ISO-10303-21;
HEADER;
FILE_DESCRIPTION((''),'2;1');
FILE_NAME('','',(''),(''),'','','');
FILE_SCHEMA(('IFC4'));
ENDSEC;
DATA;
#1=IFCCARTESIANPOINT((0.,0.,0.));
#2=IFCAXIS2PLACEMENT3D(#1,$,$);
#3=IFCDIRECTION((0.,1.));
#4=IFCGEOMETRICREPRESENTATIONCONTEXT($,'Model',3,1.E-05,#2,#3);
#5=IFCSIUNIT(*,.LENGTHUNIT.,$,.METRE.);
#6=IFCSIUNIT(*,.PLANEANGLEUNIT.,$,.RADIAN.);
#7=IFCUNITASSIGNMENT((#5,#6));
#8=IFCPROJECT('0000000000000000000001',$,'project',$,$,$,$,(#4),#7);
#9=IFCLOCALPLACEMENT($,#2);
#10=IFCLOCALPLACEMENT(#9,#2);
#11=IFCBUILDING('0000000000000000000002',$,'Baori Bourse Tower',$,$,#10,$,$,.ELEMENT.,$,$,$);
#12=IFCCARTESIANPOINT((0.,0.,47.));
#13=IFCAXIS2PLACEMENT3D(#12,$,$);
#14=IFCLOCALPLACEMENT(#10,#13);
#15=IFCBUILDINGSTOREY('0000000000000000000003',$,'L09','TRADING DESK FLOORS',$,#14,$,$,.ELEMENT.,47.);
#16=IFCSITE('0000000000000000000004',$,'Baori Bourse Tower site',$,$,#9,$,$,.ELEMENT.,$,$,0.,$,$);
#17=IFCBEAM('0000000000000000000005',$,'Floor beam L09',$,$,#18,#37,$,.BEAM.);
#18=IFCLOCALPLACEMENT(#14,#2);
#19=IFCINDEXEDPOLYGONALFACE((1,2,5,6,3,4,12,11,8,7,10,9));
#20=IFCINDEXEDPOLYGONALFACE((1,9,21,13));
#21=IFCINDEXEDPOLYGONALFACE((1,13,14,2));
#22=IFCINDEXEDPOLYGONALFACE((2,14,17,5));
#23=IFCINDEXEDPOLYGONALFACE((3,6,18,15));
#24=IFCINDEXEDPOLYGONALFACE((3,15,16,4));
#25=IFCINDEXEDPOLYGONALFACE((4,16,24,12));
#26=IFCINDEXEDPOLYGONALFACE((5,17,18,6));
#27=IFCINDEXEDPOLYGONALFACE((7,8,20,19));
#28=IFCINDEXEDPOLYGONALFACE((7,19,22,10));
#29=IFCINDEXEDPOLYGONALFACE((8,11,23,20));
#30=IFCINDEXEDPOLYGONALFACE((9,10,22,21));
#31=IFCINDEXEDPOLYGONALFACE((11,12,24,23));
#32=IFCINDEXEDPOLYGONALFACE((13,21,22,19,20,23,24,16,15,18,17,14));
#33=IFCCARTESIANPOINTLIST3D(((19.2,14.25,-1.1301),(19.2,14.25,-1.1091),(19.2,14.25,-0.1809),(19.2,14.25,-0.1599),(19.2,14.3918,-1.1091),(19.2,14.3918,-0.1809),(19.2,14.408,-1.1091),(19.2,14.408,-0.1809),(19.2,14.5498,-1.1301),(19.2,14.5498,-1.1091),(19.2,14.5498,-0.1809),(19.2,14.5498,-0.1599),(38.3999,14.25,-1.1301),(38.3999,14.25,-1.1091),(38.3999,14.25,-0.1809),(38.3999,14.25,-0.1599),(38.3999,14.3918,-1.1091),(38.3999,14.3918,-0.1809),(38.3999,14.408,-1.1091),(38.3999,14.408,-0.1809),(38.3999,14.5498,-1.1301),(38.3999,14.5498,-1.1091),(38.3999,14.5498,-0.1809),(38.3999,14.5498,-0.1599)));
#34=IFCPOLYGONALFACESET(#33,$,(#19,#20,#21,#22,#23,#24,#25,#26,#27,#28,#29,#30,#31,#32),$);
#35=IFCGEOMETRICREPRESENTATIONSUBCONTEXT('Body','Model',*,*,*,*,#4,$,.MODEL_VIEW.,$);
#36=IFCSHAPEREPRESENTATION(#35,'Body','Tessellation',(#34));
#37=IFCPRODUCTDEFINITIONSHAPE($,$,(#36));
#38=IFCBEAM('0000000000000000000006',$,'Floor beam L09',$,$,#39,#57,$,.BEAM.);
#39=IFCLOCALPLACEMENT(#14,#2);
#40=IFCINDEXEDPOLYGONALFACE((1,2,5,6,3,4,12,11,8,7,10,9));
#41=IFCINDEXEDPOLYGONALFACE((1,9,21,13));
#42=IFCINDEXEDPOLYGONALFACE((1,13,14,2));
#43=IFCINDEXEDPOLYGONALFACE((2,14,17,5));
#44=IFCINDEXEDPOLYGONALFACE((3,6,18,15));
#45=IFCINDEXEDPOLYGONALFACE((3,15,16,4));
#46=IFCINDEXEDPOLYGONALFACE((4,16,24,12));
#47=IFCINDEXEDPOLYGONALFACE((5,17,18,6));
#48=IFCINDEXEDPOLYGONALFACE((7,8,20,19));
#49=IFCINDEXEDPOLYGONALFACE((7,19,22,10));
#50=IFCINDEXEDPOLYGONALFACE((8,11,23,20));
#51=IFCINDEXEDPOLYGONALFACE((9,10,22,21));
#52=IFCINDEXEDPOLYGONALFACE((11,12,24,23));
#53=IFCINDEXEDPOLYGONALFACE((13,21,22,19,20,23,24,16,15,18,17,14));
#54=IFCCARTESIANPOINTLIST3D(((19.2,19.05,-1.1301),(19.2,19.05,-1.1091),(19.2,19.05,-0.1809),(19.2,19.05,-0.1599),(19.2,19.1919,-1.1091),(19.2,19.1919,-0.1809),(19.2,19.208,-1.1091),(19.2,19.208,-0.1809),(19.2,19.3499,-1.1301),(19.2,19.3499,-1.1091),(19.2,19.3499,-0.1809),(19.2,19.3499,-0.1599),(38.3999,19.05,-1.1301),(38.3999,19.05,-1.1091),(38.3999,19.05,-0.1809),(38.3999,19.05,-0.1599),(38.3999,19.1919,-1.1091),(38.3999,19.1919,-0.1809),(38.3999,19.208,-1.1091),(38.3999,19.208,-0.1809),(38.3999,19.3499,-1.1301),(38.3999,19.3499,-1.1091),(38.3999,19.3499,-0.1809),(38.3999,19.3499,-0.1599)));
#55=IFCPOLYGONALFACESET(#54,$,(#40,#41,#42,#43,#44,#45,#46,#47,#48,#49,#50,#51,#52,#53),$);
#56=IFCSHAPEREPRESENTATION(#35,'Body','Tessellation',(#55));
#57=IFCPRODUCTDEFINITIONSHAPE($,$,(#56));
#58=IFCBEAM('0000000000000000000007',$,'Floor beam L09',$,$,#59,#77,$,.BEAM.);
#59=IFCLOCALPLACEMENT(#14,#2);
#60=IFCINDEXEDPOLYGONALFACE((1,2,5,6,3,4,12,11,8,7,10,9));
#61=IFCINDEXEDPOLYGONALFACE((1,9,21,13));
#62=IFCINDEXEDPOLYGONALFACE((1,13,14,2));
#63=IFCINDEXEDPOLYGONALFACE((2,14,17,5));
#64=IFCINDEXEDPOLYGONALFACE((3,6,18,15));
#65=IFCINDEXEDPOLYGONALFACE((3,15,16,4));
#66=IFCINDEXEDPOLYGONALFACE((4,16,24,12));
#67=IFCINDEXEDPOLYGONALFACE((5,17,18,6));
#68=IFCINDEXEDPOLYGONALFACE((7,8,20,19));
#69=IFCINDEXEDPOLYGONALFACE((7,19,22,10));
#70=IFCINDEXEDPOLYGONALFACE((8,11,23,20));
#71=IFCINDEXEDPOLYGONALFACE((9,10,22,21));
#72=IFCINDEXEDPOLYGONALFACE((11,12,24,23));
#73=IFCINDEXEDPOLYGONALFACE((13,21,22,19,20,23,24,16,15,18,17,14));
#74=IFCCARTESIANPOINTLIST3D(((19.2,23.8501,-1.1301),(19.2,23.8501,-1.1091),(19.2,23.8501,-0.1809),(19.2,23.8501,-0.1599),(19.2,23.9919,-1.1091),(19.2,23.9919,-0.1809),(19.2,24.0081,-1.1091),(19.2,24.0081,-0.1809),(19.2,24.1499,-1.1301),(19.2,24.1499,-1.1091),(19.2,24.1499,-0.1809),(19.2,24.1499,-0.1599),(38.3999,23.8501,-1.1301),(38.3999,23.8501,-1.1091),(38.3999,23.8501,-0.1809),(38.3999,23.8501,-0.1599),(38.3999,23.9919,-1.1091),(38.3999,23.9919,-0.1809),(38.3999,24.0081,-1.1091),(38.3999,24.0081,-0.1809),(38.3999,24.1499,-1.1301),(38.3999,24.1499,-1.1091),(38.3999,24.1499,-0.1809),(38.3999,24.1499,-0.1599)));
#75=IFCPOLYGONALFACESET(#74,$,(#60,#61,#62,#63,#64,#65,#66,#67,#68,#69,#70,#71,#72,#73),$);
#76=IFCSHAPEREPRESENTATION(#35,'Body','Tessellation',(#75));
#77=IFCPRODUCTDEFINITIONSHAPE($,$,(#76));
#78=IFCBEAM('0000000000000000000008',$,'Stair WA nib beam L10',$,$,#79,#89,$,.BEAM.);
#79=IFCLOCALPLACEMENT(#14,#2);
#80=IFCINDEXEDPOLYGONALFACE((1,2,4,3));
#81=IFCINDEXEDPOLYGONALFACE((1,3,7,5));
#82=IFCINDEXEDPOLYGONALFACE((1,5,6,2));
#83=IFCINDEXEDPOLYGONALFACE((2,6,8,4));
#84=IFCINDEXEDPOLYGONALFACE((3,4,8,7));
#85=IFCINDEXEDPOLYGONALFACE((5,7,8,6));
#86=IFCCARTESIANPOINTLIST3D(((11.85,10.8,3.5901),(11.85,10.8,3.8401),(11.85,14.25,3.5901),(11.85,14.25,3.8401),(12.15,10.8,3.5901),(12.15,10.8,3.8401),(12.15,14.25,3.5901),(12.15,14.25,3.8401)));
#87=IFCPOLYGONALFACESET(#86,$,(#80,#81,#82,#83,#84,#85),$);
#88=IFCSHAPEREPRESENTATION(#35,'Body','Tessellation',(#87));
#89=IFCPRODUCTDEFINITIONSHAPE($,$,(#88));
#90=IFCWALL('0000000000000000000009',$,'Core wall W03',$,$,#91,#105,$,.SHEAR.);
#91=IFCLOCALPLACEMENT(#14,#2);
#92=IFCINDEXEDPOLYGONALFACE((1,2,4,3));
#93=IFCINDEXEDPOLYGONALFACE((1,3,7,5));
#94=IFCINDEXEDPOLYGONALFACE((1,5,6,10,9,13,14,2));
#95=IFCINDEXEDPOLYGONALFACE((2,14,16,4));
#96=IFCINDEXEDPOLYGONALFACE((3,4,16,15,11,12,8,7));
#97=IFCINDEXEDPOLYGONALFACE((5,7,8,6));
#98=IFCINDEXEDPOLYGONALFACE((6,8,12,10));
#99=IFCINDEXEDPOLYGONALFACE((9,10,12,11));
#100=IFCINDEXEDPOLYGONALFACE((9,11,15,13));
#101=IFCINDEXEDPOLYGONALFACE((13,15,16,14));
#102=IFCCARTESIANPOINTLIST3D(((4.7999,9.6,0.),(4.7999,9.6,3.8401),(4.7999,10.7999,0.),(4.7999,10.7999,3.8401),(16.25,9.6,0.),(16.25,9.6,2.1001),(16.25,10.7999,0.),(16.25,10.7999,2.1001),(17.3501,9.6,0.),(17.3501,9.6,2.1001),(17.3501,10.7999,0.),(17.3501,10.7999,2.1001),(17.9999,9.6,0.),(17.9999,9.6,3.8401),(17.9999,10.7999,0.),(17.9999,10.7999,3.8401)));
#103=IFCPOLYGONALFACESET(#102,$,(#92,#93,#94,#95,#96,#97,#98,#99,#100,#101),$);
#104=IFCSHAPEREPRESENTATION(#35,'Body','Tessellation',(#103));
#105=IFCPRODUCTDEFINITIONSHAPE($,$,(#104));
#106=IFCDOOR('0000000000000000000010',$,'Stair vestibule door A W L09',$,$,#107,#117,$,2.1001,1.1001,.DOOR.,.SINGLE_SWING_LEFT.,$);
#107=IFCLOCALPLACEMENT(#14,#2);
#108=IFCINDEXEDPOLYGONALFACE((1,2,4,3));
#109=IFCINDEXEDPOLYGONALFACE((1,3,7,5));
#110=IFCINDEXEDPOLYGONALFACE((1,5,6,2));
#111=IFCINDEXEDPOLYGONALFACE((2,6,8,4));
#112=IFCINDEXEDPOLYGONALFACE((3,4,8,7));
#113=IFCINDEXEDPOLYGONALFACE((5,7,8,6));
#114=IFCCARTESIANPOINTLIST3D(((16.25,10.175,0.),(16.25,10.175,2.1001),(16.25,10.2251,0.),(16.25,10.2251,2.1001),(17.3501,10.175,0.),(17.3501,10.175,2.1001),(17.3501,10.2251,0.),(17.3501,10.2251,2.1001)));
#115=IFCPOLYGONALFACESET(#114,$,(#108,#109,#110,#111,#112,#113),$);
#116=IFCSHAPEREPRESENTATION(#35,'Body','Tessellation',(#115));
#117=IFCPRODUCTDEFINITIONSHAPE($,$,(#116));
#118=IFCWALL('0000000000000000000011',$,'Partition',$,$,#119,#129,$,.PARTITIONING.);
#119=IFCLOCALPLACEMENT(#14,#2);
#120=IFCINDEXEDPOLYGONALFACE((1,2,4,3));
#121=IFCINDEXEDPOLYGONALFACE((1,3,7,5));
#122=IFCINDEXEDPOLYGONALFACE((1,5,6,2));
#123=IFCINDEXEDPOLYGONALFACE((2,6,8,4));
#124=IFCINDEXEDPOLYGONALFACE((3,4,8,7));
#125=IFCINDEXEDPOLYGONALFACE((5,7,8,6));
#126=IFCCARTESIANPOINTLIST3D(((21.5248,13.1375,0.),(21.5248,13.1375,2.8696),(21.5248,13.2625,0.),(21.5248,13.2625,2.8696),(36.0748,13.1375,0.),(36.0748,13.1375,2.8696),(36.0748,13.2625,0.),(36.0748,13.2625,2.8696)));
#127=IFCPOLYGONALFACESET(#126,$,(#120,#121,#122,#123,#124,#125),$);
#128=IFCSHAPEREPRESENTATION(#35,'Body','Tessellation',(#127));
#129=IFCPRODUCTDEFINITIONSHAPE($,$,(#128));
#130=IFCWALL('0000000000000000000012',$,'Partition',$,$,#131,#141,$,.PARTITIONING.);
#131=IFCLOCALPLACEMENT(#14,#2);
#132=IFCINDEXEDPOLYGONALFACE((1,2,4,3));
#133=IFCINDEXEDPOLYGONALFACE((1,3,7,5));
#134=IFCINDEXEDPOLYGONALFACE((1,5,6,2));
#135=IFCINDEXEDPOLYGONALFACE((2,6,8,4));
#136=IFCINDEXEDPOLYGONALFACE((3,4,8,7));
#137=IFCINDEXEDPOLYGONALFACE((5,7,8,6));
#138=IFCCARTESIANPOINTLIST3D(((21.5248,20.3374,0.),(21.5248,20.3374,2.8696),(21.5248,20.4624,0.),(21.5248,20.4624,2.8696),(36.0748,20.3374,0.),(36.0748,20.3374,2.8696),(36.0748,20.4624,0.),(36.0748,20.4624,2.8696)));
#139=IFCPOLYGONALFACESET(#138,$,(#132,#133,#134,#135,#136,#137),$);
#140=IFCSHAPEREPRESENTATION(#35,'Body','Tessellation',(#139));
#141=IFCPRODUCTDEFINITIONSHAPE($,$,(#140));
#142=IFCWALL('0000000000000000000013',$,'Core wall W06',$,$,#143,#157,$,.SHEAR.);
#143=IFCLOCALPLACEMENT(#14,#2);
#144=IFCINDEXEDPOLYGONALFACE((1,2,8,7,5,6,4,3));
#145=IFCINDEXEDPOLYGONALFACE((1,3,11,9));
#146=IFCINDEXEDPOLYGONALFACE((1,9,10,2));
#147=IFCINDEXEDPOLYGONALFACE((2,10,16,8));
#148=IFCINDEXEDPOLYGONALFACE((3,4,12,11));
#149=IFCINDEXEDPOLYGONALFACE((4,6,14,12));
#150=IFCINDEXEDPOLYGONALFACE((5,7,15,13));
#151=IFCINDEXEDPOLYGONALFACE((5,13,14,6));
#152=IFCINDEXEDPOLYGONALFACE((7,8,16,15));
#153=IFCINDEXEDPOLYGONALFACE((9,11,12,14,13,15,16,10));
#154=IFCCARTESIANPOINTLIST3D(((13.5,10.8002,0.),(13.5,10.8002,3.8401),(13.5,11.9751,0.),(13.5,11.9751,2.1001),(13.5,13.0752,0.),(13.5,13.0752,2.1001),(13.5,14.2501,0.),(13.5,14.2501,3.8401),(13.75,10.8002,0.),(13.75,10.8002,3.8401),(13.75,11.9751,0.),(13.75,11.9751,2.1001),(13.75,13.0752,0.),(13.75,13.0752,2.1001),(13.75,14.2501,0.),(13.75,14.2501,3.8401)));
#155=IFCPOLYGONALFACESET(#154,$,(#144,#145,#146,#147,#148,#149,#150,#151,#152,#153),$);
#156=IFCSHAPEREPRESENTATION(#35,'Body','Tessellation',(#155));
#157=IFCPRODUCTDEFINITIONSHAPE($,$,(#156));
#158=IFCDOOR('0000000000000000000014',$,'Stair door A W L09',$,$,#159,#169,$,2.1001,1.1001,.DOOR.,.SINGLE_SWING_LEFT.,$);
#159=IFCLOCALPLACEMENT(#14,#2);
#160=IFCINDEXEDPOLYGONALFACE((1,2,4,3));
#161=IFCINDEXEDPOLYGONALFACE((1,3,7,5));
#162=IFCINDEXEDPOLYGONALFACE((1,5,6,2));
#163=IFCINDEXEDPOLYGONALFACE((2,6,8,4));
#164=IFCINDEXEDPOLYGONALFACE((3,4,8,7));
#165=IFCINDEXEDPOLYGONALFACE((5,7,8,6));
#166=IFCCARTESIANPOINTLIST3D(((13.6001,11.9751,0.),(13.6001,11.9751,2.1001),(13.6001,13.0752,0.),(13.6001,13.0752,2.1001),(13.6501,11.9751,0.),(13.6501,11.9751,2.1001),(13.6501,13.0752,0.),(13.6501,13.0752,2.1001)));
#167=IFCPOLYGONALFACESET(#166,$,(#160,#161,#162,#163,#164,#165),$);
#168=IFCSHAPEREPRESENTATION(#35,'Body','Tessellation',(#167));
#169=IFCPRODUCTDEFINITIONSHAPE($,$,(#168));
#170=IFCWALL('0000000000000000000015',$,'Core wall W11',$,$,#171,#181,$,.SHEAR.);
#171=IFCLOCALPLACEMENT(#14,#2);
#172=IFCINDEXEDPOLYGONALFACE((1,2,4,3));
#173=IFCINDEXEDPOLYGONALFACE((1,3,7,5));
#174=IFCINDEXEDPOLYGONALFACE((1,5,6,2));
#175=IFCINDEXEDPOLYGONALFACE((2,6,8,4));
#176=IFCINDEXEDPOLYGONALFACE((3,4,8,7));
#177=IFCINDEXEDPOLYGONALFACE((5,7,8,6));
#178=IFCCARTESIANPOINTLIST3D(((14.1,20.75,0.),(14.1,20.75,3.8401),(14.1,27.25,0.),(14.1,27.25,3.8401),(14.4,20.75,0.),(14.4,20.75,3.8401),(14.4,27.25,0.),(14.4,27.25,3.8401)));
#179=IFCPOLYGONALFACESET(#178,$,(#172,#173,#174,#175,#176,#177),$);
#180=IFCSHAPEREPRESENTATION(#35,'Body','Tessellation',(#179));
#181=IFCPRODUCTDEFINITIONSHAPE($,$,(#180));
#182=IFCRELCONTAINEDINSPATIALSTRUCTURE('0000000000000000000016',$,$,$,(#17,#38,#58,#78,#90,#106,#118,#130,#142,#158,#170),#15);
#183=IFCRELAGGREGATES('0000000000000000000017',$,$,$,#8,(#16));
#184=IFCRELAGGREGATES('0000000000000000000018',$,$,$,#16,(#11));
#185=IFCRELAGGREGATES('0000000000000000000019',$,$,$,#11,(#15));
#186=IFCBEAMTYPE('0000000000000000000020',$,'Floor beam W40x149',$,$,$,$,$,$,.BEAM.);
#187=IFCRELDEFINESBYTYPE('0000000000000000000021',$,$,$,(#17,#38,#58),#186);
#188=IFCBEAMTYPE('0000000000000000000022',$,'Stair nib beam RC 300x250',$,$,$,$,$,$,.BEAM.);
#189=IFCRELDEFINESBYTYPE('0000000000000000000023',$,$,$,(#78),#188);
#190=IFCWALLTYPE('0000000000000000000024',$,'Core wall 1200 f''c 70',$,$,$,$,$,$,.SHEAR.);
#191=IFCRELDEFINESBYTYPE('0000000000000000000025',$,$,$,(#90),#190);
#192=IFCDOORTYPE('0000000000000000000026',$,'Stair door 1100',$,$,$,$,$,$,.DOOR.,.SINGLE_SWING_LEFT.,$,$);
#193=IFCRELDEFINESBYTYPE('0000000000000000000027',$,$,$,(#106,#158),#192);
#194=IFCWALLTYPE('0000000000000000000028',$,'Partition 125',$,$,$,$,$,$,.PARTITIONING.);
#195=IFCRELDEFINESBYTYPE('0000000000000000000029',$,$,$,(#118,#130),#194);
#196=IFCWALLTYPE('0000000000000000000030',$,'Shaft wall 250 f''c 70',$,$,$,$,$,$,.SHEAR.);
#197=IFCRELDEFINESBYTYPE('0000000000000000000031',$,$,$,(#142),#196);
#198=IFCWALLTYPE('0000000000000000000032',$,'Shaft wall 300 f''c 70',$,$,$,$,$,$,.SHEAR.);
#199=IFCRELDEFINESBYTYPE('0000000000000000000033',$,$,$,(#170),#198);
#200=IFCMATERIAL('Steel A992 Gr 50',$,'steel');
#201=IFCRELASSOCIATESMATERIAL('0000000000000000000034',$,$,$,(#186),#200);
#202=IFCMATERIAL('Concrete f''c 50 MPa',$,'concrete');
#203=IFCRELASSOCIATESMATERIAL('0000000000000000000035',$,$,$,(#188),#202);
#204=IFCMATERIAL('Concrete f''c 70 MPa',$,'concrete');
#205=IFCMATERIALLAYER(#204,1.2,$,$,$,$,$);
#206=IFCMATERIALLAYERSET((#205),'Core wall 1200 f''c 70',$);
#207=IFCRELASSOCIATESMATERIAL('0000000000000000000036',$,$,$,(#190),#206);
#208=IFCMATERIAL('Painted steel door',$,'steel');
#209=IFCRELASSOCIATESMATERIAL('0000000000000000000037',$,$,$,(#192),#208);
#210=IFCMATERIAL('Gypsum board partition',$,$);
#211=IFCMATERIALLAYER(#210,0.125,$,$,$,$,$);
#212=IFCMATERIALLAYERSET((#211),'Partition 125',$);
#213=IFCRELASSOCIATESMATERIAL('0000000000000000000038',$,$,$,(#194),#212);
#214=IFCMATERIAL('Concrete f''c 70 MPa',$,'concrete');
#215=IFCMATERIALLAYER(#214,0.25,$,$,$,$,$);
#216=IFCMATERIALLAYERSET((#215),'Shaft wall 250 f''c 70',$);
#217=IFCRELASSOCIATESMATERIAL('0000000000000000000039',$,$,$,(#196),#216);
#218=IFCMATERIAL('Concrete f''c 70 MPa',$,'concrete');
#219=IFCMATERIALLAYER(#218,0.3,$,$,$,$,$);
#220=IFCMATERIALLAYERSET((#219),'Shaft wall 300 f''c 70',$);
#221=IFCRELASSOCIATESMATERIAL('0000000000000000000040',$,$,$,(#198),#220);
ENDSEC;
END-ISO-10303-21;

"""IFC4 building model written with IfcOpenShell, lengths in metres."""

from ifc_helpers import new_model, si_unit, direction, frame, frame_2d, origin, origin_2d, place, context, subcontext, project, spatial, rectangle, i_section, extrude, material, layer, layer_set, material_profile, profile_set, type_object, element, fill, save


model = new_model("IFC4")

# Units and contexts
model_context = context("Model", 3, precision=1e-05, world=origin(), true_north=direction((0.0, 1.0)))
body_context = subcontext(model_context, "Body", "Model", "MODEL_VIEW")
ifc_project = project(units=[si_unit("LENGTHUNIT", "METRE"), si_unit("PLANEANGLEUNIT", "RADIAN")], contexts=[model_context])

# Site, building, storey
site_placement = place(None, origin())
site = spatial("IfcSite", under=ifc_project, at=site_placement, Name="Baori Bourse Tower site", CompositionType="ELEMENT", RefElevation=0.0)
building_placement = place(site_placement, origin())
building = spatial("IfcBuilding", under=site, at=building_placement, Name="Baori Bourse Tower", CompositionType="ELEMENT")
storey_placement = place(building_placement, frame((0.0, 0.0, 47.0)))
storey = spatial("IfcBuildingStorey", under=building, at=storey_placement, Name="L09", Description="TRADING DESK FLOORS", CompositionType="ELEMENT", Elevation=47.0)

# Beams
ifc_material_1 = material(Name="Steel A992 Gr 50", Category="steel")
ifc_material_profile_1 = material_profile(ifc_material_1, i_section(OverallWidth=0.2998, OverallDepth=0.9702, WebThickness=0.0161, FlangeThickness=0.021, at=origin_2d()), Name="W40x149")
ifc_profile_set_1 = profile_set([ifc_material_profile_1], Name="Steel A992 Gr 50")
beam_type_1 = type_object("IfcBeamType", Name="Floor beam W40x149", PredefinedType="BEAM", material=ifc_profile_set_1)
for number, where, z_axis, x_axis, name in (
    (1, (19.2, 14.3999, -0.645), (1.0, 0.0, 0.0), (0.0, 1.0, 0.0), "Floor beam L09"),
    (2, (19.2, 19.2, -0.645), (1.0, 0.0, 0.0), (0.0, 1.0, 0.0), "Floor beam L09"),
    (3, (19.2, 24.0, -0.645), (1.0, 0.0, 0.0), (0.0, 1.0, 0.0), "Floor beam L09"),
):
    element("IfcBeam", number, at=place(storey_placement, frame(where, z_axis=z_axis, x_axis=x_axis)), inside=storey, type_object=beam_type_1, Name=name, PredefinedType="BEAM", context=body_context, shape_type="SweptSolid", body=[
        extrude(i_section(OverallWidth=0.2998, OverallDepth=0.9702, WebThickness=0.0161, FlangeThickness=0.021, at=origin_2d()), origin(), (0.0, 0.0, 1.0), 19.2),
    ])
ifc_material_2 = material(Name="Concrete f'c 50 MPa", Category="concrete")
ifc_material_profile_2 = material_profile(ifc_material_2, rectangle(XDim=0.3, YDim=0.25, at=origin_2d()), Name="RC 300x250")
ifc_profile_set_2 = profile_set([ifc_material_profile_2], Name="Concrete f'c 50 MPa")
beam_type_2 = type_object("IfcBeamType", Name="Stair nib beam RC 300x250", PredefinedType="BEAM", material=ifc_profile_set_2)
beam_placement = place(storey_placement, frame((12.0, 10.8, 3.7151), z_axis=(0.0, 1.0, 0.0), x_axis=(-1.0, 0.0, 0.0)))
element("IfcBeam", 4, at=beam_placement, inside=storey, type_object=beam_type_2, Name="Stair WA nib beam L10", PredefinedType="BEAM", context=body_context, shape_type="SweptSolid", body=[
    extrude(rectangle(XDim=0.3, YDim=0.25, at=origin_2d()), origin(), (0.0, 0.0, 1.0), 3.45),
])

# Wall, opening, door
ifc_material_3 = material(Name="Concrete f'c 70 MPa", Category="concrete")
ifc_layer_1 = layer(ifc_material_3, 1.2)
ifc_layer_set_1 = layer_set([ifc_layer_1], Name="Core wall 1200 f'c 70")
wall_type_1 = type_object("IfcWallType", Name="Core wall 1200 f'c 70", PredefinedType="SHEAR", material=ifc_layer_set_1)
wall_1_placement = place(storey_placement, frame((18.0, 10.2, 0.0), z_axis=(0.0, 0.0, 1.0), x_axis=(-1.0, 0.0, 0.0)))
wall_1 = element("IfcWall", 5, at=wall_1_placement, inside=storey, type_object=wall_type_1, Name="Core wall W03", PredefinedType="SHEAR", context=body_context, shape_type="SweptSolid", body=[
    extrude(rectangle(XDim=13.2, YDim=1.2, at=frame_2d((6.6001, 0.0))), origin(), (0.0, 0.0, 1.0), 3.8401),
])
opening_1_placement = place(wall_1_placement, frame((0.6499, 0.0, 0.0)))
opening_1 = element("IfcOpeningElement", 6, at=opening_1_placement, cuts=wall_1, PredefinedType="OPENING", context=body_context, shape_type="SweptSolid", body=[
    extrude(rectangle(XDim=1.1001, YDim=2.1001, at=frame_2d((0.55, 1.05))), frame((0.0, 0.6099, 0.0), z_axis=(0.0, -1.0, 0.0), x_axis=(1.0, 0.0, 0.0)), (0.0, 0.0, 1.0), 1.22),
])
ifc_material_4 = material(Name="Painted steel door", Category="steel")
door_type = type_object("IfcDoorType", Name="Stair door 1100", OperationType="SINGLE_SWING_LEFT", PredefinedType="DOOR", material=ifc_material_4)
door_1_placement = place(opening_1_placement, origin())
door_1 = element("IfcDoor", 7, at=door_1_placement, inside=storey, type_object=door_type, Name="Stair vestibule door A W L09", OperationType="SINGLE_SWING_LEFT", OverallHeight=2.1001, OverallWidth=1.1001, PredefinedType="DOOR", context=body_context, shape_type="SweptSolid", body=[
    extrude(rectangle(XDim=1.1001, YDim=2.1001, at=frame_2d((0.55, 1.05))), frame((0.0, 0.0249, 0.0), z_axis=(0.0, -1.0, 0.0), x_axis=(1.0, 0.0, 0.0)), (0.0, 0.0, 1.0), 0.05),
])
fill(opening_1, door_1)

# Walls
ifc_material_5 = material(Name="Gypsum board partition")
ifc_layer_2 = layer(ifc_material_5, 0.125)
ifc_layer_set_2 = layer_set([ifc_layer_2], Name="Partition 125")
wall_type_2 = type_object("IfcWallType", Name="Partition 125", PredefinedType="PARTITIONING", material=ifc_layer_set_2)
for number, where, z_axis, x_axis, name in (
    (8, (21.5249, 13.2, 0.0), (0.0, 0.0, 1.0), (1.0, 0.0, 0.0), "Partition"),
    (9, (21.5249, 20.3999, 0.0), (0.0, 0.0, 1.0), (1.0, 0.0, 0.0), "Partition"),
):
    element("IfcWall", number, at=place(storey_placement, frame(where, z_axis=z_axis, x_axis=x_axis)), inside=storey, type_object=wall_type_2, Name=name, PredefinedType="PARTITIONING", context=body_context, shape_type="SweptSolid", body=[
        extrude(rectangle(XDim=14.55, YDim=0.125, at=frame_2d((7.2749, 0.0))), origin(), (0.0, 0.0, 1.0), 2.8696),
    ])

# Wall, opening, door
ifc_material_6 = material(Name="Concrete f'c 70 MPa", Category="concrete")
ifc_layer_3 = layer(ifc_material_6, 0.25)
ifc_layer_set_3 = layer_set([ifc_layer_3], Name="Shaft wall 250 f'c 70")
wall_type_3 = type_object("IfcWallType", Name="Shaft wall 250 f'c 70", PredefinedType="SHEAR", material=ifc_layer_set_3)
wall_2_placement = place(storey_placement, frame((13.625, 10.8, 0.0), z_axis=(0.0, 0.0, 1.0), x_axis=(0.0, 1.0, 0.0)))
wall_2 = element("IfcWall", 10, at=wall_2_placement, inside=storey, type_object=wall_type_3, Name="Core wall W06", PredefinedType="SHEAR", context=body_context, shape_type="SweptSolid", body=[
    extrude(rectangle(XDim=3.45, YDim=0.25, at=frame_2d((1.7251, 0.0))), origin(), (0.0, 0.0, 1.0), 3.8401),
])
opening_2_placement = place(wall_2_placement, frame((1.175, 0.0, 0.0)))
opening_2 = element("IfcOpeningElement", 11, at=opening_2_placement, cuts=wall_2, PredefinedType="OPENING", context=body_context, shape_type="SweptSolid", body=[
    extrude(rectangle(XDim=1.1001, YDim=2.1001, at=frame_2d((0.55, 1.05))), frame((0.0, 0.135, 0.0), z_axis=(0.0, -1.0, 0.0), x_axis=(1.0, 0.0, 0.0)), (0.0, 0.0, 1.0), 0.27),
])
door_2_placement = place(opening_2_placement, origin())
door_2 = element("IfcDoor", 12, at=door_2_placement, inside=storey, type_object=door_type, Name="Stair door A W L09", OperationType="SINGLE_SWING_LEFT", OverallHeight=2.1001, OverallWidth=1.1001, PredefinedType="DOOR", context=body_context, shape_type="SweptSolid", body=[
    extrude(rectangle(XDim=1.1001, YDim=2.1001, at=frame_2d((0.55, 1.05))), frame((0.0, 0.0249, 0.0), z_axis=(0.0, -1.0, 0.0), x_axis=(1.0, 0.0, 0.0)), (0.0, 0.0, 1.0), 0.05),
])
fill(opening_2, door_2)

# Wall
ifc_material_7 = material(Name="Concrete f'c 70 MPa", Category="concrete")
ifc_layer_4 = layer(ifc_material_7, 0.3)
ifc_layer_set_4 = layer_set([ifc_layer_4], Name="Shaft wall 300 f'c 70")
wall_type_4 = type_object("IfcWallType", Name="Shaft wall 300 f'c 70", PredefinedType="SHEAR", material=ifc_layer_set_4)
wall_3_placement = place(storey_placement, frame((14.25, 20.75, 0.0), z_axis=(0.0, 0.0, 1.0), x_axis=(0.0, 1.0, 0.0)))
element("IfcWall", 13, at=wall_3_placement, inside=storey, type_object=wall_type_4, Name="Core wall W11", PredefinedType="SHEAR", context=body_context, shape_type="SweptSolid", body=[
    extrude(rectangle(XDim=6.5, YDim=0.3, at=frame_2d((3.25, 0.0))), origin(), (0.0, 0.0, 1.0), 3.8401),
])

save(model, "model.ifc")
